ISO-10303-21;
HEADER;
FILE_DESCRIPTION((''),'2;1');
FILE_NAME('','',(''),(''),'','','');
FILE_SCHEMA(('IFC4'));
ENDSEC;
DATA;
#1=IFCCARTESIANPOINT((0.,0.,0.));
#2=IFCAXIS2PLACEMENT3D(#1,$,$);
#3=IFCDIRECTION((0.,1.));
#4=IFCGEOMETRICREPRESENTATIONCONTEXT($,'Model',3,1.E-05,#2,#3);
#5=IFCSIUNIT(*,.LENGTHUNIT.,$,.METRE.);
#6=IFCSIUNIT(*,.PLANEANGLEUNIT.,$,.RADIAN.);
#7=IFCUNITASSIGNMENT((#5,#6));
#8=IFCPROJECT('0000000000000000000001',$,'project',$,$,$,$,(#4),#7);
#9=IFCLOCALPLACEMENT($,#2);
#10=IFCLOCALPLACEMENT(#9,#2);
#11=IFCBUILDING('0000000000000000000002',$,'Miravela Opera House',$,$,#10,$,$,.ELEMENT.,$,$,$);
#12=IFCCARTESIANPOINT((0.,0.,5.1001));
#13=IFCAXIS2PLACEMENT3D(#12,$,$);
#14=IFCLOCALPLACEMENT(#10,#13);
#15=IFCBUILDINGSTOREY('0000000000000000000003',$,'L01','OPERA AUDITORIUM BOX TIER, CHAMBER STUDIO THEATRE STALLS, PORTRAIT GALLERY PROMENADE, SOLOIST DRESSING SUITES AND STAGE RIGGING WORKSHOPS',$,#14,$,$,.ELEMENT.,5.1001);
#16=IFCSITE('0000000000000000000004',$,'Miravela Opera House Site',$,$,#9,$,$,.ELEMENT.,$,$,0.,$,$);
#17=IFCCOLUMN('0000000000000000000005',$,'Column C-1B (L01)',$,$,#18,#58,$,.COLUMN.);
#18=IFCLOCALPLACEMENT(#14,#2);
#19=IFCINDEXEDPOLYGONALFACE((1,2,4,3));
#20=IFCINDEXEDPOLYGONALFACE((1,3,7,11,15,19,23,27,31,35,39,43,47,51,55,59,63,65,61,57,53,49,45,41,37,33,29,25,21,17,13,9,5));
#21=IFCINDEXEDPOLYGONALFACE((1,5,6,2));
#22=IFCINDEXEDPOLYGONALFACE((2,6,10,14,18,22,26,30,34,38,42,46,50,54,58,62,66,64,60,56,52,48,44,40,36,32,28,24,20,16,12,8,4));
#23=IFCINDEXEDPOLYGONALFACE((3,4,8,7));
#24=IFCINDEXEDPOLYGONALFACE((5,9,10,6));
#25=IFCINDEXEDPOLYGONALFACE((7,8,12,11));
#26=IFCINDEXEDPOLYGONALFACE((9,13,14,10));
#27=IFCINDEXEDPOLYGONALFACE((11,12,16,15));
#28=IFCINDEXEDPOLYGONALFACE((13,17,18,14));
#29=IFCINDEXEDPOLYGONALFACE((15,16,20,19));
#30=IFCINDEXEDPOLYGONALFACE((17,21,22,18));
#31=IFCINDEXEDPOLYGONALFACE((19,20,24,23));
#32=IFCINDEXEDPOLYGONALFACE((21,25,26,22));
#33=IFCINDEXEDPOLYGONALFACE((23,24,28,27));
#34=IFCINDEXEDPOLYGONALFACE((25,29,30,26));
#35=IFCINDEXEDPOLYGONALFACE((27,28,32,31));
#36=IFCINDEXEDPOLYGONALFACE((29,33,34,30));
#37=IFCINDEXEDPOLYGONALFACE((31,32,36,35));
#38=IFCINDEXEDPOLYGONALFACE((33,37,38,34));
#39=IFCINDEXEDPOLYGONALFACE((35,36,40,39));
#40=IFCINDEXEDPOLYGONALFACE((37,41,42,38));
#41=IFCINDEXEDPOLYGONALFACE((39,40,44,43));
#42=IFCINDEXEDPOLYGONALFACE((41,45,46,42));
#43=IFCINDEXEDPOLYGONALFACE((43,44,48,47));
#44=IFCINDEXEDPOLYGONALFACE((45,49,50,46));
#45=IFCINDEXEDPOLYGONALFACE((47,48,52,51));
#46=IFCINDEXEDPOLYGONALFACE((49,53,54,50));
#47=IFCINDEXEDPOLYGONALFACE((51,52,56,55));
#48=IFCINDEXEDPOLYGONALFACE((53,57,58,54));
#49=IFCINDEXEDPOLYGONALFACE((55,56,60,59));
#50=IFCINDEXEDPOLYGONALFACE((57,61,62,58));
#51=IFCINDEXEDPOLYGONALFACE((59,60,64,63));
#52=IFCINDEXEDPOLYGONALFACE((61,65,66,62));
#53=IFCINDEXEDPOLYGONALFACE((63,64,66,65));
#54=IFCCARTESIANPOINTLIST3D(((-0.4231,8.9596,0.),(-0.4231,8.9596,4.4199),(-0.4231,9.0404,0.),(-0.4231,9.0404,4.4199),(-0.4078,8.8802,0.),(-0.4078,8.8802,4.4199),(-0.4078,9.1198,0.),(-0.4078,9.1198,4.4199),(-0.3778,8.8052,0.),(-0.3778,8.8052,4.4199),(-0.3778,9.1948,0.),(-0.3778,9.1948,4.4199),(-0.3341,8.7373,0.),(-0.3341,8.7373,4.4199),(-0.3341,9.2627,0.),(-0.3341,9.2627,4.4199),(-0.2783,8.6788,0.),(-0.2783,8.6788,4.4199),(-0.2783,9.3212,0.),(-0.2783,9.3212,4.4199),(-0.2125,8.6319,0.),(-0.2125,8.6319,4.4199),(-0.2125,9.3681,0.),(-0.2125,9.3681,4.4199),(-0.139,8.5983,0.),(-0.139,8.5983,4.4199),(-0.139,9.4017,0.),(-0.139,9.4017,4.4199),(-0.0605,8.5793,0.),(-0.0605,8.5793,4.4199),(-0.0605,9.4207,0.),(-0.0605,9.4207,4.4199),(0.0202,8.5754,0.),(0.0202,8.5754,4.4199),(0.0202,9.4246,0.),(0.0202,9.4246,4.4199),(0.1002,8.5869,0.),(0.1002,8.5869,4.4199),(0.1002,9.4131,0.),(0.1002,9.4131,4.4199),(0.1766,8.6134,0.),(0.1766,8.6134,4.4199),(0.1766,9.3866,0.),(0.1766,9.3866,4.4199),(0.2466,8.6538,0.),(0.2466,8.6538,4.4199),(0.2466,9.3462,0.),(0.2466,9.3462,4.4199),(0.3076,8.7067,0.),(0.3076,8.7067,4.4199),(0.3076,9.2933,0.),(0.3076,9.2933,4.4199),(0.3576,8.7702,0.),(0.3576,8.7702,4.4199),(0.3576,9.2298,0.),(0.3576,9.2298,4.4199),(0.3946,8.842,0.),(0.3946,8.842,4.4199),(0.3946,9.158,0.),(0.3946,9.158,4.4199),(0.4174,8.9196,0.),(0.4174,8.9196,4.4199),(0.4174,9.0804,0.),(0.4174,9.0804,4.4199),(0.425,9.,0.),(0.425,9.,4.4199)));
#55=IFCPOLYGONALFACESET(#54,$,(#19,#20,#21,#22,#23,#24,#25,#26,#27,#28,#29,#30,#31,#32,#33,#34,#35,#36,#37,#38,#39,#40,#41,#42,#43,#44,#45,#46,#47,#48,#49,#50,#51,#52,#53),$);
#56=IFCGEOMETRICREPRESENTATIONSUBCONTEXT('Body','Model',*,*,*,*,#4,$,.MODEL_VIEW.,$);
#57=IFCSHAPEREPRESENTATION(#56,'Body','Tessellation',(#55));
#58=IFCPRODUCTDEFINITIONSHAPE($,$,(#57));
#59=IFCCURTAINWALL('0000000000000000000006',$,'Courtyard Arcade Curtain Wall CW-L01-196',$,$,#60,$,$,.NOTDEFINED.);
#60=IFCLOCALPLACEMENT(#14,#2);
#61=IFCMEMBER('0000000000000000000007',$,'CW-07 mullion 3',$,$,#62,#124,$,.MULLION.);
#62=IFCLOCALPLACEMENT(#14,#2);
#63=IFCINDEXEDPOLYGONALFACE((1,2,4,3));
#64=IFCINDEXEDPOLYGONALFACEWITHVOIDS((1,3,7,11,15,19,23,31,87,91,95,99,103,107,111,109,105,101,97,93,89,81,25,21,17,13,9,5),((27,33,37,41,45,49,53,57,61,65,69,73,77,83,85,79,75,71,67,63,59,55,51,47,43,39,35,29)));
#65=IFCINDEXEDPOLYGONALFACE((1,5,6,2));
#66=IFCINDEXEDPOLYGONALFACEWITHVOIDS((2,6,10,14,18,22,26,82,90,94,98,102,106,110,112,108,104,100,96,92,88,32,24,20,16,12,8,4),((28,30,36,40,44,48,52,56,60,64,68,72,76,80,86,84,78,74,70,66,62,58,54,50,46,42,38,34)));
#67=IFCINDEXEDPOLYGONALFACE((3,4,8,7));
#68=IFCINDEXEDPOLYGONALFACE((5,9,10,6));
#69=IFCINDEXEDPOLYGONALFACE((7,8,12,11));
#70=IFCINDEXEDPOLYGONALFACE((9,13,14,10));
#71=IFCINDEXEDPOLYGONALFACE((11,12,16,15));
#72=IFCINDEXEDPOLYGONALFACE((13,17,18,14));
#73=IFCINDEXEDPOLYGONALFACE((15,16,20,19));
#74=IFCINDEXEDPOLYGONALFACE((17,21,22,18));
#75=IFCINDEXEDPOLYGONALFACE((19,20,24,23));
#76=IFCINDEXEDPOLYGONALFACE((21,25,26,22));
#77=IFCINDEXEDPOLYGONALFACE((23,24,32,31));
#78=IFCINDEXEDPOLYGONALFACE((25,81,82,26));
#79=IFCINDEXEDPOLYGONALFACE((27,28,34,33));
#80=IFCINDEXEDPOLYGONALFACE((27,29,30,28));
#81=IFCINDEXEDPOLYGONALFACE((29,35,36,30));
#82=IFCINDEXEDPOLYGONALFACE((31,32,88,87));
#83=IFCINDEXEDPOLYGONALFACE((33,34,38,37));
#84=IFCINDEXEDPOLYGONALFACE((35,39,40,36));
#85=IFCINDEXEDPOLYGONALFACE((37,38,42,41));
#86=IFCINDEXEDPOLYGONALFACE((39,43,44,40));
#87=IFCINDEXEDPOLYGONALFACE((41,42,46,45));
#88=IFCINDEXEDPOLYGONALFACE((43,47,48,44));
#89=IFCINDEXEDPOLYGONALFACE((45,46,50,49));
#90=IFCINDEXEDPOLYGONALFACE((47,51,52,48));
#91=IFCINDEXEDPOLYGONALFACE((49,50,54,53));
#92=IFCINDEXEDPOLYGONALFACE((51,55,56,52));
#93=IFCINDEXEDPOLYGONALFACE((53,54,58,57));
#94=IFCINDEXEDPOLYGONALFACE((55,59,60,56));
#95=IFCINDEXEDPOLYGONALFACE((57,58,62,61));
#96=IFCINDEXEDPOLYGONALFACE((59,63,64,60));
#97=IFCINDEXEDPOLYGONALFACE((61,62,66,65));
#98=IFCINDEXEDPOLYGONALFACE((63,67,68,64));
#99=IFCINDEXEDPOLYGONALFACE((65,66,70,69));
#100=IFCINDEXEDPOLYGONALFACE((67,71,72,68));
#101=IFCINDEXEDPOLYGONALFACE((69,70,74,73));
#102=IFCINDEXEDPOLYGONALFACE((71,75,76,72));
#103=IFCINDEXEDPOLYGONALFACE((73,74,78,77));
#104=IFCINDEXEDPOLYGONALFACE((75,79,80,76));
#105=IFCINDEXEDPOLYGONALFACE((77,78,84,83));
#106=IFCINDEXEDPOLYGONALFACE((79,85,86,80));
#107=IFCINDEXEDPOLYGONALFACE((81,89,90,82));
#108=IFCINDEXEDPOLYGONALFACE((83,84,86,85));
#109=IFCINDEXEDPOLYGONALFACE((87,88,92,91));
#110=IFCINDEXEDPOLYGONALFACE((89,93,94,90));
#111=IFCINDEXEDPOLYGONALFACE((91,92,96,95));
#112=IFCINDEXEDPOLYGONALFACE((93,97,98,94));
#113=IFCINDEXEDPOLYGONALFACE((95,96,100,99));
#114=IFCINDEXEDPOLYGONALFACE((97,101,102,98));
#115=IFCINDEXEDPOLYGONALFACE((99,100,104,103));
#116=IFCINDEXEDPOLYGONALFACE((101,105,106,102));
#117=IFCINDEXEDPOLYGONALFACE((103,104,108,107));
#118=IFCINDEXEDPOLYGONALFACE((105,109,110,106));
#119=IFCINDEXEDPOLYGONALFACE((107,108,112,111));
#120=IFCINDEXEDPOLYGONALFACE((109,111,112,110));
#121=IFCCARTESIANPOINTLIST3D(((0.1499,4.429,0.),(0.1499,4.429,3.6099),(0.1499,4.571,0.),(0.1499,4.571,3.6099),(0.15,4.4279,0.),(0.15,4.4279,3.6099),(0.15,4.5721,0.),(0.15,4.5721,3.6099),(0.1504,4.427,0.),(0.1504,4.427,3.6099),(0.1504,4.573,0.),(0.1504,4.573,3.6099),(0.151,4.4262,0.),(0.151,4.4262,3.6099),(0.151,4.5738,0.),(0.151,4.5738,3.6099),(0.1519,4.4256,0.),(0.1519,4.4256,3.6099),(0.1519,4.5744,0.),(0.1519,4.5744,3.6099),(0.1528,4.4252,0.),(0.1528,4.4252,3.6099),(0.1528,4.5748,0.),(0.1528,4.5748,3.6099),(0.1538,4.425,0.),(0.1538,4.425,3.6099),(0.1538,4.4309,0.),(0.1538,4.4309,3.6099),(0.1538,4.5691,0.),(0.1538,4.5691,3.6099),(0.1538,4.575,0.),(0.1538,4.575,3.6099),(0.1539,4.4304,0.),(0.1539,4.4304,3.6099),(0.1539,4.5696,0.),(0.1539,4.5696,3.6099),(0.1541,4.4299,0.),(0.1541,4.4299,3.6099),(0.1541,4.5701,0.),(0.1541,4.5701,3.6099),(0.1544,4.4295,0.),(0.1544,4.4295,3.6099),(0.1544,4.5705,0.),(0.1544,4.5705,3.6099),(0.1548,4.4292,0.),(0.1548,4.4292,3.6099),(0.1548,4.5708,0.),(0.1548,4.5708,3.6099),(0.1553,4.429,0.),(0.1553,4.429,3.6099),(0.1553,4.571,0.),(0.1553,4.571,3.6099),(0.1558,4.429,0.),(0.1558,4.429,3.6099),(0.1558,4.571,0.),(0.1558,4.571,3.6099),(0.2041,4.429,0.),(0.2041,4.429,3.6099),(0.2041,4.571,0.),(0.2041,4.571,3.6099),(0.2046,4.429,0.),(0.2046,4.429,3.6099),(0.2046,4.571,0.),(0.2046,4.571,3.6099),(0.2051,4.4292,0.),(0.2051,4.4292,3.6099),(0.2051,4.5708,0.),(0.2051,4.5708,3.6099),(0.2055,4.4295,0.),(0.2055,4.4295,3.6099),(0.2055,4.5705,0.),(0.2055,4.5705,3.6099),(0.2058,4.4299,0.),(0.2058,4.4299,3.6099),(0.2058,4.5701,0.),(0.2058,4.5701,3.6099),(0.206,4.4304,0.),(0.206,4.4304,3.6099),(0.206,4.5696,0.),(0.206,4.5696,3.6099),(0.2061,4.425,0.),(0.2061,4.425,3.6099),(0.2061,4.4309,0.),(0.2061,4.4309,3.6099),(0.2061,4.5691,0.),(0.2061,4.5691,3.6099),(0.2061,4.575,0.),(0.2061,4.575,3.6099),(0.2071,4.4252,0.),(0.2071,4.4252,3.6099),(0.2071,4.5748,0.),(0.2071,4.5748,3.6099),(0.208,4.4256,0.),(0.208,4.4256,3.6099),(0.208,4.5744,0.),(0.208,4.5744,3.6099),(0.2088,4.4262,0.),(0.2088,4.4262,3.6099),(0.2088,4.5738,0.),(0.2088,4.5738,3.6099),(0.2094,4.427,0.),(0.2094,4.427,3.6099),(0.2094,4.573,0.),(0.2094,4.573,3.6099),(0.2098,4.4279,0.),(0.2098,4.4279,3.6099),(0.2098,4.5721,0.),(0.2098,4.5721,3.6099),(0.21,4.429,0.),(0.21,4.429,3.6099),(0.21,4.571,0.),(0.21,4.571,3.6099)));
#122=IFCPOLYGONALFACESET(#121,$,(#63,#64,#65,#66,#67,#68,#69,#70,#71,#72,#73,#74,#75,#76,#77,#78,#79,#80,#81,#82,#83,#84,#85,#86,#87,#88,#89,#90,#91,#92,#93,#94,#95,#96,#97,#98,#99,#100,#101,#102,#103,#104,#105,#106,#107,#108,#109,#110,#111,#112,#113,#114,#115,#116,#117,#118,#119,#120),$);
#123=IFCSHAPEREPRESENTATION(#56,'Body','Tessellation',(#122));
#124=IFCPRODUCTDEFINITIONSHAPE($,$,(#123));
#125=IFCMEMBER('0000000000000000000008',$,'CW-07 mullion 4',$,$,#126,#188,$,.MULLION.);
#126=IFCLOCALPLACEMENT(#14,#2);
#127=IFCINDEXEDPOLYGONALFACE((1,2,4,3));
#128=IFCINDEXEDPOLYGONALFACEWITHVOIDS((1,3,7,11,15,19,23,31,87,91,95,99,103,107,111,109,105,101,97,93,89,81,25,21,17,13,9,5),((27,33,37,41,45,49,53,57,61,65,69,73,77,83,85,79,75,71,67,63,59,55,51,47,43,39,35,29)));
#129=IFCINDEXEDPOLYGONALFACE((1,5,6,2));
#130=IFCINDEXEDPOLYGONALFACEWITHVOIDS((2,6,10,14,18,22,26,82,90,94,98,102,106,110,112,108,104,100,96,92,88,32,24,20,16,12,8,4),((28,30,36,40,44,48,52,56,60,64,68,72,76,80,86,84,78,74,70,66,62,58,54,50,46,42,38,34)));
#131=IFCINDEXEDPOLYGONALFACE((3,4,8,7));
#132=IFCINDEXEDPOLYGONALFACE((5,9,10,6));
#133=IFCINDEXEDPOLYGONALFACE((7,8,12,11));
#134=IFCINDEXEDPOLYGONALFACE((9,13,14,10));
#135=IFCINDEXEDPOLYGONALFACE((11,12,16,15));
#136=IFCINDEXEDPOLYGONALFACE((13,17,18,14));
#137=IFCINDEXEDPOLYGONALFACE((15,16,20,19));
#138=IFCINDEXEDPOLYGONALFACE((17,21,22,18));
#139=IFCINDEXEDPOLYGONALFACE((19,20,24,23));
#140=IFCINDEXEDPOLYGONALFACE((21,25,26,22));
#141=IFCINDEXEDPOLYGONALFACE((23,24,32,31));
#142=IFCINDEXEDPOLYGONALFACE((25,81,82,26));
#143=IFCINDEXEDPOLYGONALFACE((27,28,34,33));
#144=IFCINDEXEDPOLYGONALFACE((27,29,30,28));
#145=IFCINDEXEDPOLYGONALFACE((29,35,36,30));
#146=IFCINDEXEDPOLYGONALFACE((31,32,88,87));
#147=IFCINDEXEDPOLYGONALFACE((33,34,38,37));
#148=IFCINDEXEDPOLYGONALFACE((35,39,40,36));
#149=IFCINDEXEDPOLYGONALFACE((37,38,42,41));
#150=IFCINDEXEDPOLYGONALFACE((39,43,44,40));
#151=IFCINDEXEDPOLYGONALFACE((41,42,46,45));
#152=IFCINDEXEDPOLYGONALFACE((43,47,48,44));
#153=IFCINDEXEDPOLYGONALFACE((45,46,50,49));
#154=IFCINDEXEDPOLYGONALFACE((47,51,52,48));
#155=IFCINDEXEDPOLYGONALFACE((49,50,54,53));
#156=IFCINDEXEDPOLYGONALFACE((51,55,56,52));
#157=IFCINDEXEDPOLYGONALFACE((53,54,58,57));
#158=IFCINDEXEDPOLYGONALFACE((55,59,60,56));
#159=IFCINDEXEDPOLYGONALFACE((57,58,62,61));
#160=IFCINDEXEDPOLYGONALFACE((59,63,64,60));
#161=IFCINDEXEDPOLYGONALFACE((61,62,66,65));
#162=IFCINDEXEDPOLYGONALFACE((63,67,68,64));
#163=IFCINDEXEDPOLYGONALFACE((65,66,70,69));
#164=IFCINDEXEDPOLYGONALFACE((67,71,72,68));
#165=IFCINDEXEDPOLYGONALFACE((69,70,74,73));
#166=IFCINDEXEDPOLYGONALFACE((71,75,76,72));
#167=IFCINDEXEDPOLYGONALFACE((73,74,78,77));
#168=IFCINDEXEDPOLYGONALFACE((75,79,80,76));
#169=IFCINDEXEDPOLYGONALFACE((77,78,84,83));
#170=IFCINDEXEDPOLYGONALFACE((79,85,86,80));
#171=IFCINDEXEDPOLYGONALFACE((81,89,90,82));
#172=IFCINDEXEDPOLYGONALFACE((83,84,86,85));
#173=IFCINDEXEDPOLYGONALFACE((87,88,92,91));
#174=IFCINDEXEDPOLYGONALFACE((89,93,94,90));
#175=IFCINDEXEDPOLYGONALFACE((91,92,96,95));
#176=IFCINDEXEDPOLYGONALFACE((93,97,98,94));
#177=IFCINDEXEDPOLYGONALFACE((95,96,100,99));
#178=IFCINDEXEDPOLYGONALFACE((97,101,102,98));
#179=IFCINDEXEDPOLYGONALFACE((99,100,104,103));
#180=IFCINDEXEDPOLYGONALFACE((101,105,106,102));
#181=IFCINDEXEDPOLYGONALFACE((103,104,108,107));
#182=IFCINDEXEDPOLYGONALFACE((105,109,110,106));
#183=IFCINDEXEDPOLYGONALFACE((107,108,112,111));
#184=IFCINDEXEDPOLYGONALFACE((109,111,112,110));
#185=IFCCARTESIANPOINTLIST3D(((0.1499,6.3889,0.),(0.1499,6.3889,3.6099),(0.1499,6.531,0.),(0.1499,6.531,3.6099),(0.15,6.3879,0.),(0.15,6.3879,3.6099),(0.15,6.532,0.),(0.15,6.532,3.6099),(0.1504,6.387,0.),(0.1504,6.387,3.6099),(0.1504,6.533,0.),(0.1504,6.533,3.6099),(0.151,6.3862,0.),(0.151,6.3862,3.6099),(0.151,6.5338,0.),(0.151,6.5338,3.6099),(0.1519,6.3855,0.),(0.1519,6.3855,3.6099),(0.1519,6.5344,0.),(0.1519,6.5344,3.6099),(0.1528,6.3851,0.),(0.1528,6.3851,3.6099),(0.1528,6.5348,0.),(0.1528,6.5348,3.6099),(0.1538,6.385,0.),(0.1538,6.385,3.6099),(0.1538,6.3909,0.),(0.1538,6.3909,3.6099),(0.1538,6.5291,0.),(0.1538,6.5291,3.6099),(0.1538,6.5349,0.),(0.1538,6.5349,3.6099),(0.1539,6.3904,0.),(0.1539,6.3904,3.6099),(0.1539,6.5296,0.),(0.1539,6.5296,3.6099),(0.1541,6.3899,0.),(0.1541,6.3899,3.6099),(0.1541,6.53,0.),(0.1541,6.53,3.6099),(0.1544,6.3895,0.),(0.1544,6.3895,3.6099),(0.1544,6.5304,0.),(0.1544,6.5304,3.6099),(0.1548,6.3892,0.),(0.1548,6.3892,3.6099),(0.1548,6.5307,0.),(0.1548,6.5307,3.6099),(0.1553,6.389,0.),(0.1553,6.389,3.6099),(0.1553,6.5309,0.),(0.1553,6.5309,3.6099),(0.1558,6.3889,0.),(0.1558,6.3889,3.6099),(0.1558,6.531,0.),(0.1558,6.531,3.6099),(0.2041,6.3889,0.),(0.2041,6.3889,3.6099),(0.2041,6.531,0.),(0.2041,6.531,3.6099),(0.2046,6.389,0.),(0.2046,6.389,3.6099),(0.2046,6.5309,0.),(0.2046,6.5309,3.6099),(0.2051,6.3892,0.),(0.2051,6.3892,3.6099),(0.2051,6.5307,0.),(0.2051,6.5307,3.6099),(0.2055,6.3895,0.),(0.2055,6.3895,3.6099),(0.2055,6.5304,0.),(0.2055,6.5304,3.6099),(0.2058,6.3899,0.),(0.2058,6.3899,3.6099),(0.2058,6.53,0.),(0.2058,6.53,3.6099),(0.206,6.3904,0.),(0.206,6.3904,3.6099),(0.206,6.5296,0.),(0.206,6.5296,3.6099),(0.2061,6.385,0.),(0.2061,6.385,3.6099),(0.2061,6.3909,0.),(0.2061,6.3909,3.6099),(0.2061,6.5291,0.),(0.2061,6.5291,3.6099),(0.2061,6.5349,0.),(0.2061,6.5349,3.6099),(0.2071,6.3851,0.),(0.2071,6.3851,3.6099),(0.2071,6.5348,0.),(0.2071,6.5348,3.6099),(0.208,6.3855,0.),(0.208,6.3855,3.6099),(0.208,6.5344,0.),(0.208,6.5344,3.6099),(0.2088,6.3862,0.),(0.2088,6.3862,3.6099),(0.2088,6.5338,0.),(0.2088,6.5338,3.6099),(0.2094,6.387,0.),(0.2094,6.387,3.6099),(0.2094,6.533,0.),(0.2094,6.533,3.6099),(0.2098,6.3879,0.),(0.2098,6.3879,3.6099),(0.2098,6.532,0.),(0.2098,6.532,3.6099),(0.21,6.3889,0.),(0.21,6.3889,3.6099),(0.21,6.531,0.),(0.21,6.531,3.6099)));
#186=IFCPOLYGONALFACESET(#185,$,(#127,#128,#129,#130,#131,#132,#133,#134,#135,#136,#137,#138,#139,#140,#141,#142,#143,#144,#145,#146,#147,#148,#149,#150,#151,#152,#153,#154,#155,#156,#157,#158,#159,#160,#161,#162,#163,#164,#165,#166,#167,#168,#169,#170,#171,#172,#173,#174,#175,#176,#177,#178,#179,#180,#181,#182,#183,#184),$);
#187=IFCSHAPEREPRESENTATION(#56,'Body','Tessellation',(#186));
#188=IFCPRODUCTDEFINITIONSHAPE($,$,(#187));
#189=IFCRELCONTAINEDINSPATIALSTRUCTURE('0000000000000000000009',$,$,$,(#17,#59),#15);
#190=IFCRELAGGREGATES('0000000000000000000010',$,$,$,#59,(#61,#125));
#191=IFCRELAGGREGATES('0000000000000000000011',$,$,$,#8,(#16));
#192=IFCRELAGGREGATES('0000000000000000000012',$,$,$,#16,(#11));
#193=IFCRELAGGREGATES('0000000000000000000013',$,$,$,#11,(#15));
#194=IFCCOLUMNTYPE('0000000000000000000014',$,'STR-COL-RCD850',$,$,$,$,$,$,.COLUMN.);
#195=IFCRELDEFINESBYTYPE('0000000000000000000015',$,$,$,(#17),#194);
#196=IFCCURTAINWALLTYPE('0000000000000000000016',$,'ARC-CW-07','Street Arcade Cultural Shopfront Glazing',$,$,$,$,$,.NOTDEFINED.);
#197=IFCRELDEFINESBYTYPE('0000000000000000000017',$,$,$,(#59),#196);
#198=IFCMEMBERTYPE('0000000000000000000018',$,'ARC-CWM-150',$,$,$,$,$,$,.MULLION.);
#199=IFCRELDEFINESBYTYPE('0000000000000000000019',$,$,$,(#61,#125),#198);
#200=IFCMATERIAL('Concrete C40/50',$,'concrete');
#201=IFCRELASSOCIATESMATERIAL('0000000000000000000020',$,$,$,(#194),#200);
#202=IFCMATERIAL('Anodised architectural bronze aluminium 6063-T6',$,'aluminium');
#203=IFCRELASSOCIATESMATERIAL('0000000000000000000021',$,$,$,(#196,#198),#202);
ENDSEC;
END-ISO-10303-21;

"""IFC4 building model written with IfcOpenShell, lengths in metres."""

from ifc_helpers import new_model, si_unit, direction, frame, origin, origin_2d, place, context, subcontext, project, spatial, hollow_rectangle, circle, extrude, material, material_profile, profile_set, type_object, element, aggregate, save


model = new_model("IFC4")

# Units and contexts
model_context = context("Model", 3, precision=1e-05, world=origin(), true_north=direction((0.0, 1.0)))
body_context = subcontext(model_context, "Body", "Model", "MODEL_VIEW")
ifc_project = project(units=[si_unit("LENGTHUNIT", "METRE"), si_unit("PLANEANGLEUNIT", "RADIAN")], contexts=[model_context])

# Site, building, storey
site_placement = place(None, origin())
site = spatial("IfcSite", under=ifc_project, at=site_placement, Name="Miravela Opera House Site", CompositionType="ELEMENT", RefElevation=0.0)
building_placement = place(site_placement, origin())
building = spatial("IfcBuilding", under=site, at=building_placement, Name="Miravela Opera House", CompositionType="ELEMENT")
storey_placement = place(building_placement, frame((0.0, 0.0, 5.1001)))
storey = spatial("IfcBuildingStorey", under=building, at=storey_placement, Name="L01", Description="OPERA AUDITORIUM BOX TIER, CHAMBER STUDIO THEATRE STALLS, PORTRAIT GALLERY PROMENADE, SOLOIST DRESSING SUITES AND STAGE RIGGING WORKSHOPS", CompositionType="ELEMENT", Elevation=5.1001)

# Column
ifc_material_1 = material(Name="Concrete C40/50", Category="concrete")
ifc_material_profile_1 = material_profile(ifc_material_1, circle(Radius=0.425, at=origin_2d()), Name="RC-COL-D850")
ifc_profile_set_1 = profile_set([ifc_material_profile_1])
column_type = type_object("IfcColumnType", Name="STR-COL-RCD850", PredefinedType="COLUMN", material=ifc_profile_set_1)
column_placement = place(storey_placement, frame((0.0, 9.0, 0.0), z_axis=(0.0, 0.0, 1.0), x_axis=(1.0, 0.0, 0.0)))
element("IfcColumn", 1, at=column_placement, inside=storey, type_object=column_type, Name="Column C-1B (L01)", PredefinedType="COLUMN", context=body_context, shape_type="SweptSolid", body=[
    extrude(circle(Radius=0.425, at=origin_2d()), origin(), (0.0, 0.0, 1.0), 4.4199),
])

# Curtain wall, members
ifc_material_2 = material(Name="Anodised architectural bronze aluminium 6063-T6", Category="aluminium")
curtain_wall_type = type_object("IfcCurtainWallType", Name="ARC-CW-07", Description="Street Arcade Cultural Shopfront Glazing", PredefinedType="NOTDEFINED", material=ifc_material_2)
curtain_wall_1_placement = place(storey_placement, origin())
curtain_wall_1 = element("IfcCurtainWall", 2, at=curtain_wall_1_placement, inside=storey, type_object=curtain_wall_type, Name="Courtyard Arcade Curtain Wall CW-L01-196", PredefinedType="NOTDEFINED")
ifc_material_profile_2 = material_profile(ifc_material_2, hollow_rectangle(XDim=0.0601, YDim=0.1499, WallThickness=0.0039, InnerFilletRadius=0.002, OuterFilletRadius=0.0039, at=origin_2d()), Name="CWM-60X150")
ifc_profile_set_2 = profile_set([ifc_material_profile_2])
member_type_1 = type_object("IfcMemberType", Name="ARC-CWM-150", PredefinedType="MULLION", material=ifc_profile_set_2)
member_1_placement = place(storey_placement, frame((0.1799, 4.5, 0.0), z_axis=(0.0, 0.0, 1.0), x_axis=(-1.0, 0.0, 0.0)))
member_1 = element("IfcMember", 3, at=member_1_placement, type_object=member_type_1, Name="CW-07 mullion 3", PredefinedType="MULLION", context=body_context, shape_type="SweptSolid", body=[
    extrude(hollow_rectangle(XDim=0.0601, YDim=0.1499, WallThickness=0.0039, InnerFilletRadius=0.002, OuterFilletRadius=0.0039, at=origin_2d()), origin(), (0.0, 0.0, 1.0), 3.6099),
])
member_2_placement = place(storey_placement, frame((0.1799, 6.46, 0.0), z_axis=(0.0, 0.0, 1.0), x_axis=(-1.0, 0.0, 0.0)))
member_2 = element("IfcMember", 4, at=member_2_placement, type_object=member_type_1, Name="CW-07 mullion 4", PredefinedType="MULLION", context=body_context, shape_type="SweptSolid", body=[
    extrude(hollow_rectangle(XDim=0.0601, YDim=0.1499, WallThickness=0.0039, InnerFilletRadius=0.002, OuterFilletRadius=0.0039, at=origin_2d()), origin(), (0.0, 0.0, 1.0), 3.6099),
])

aggregate(curtain_wall_1, [member_1, member_2])

save(model, "model.ifc")
